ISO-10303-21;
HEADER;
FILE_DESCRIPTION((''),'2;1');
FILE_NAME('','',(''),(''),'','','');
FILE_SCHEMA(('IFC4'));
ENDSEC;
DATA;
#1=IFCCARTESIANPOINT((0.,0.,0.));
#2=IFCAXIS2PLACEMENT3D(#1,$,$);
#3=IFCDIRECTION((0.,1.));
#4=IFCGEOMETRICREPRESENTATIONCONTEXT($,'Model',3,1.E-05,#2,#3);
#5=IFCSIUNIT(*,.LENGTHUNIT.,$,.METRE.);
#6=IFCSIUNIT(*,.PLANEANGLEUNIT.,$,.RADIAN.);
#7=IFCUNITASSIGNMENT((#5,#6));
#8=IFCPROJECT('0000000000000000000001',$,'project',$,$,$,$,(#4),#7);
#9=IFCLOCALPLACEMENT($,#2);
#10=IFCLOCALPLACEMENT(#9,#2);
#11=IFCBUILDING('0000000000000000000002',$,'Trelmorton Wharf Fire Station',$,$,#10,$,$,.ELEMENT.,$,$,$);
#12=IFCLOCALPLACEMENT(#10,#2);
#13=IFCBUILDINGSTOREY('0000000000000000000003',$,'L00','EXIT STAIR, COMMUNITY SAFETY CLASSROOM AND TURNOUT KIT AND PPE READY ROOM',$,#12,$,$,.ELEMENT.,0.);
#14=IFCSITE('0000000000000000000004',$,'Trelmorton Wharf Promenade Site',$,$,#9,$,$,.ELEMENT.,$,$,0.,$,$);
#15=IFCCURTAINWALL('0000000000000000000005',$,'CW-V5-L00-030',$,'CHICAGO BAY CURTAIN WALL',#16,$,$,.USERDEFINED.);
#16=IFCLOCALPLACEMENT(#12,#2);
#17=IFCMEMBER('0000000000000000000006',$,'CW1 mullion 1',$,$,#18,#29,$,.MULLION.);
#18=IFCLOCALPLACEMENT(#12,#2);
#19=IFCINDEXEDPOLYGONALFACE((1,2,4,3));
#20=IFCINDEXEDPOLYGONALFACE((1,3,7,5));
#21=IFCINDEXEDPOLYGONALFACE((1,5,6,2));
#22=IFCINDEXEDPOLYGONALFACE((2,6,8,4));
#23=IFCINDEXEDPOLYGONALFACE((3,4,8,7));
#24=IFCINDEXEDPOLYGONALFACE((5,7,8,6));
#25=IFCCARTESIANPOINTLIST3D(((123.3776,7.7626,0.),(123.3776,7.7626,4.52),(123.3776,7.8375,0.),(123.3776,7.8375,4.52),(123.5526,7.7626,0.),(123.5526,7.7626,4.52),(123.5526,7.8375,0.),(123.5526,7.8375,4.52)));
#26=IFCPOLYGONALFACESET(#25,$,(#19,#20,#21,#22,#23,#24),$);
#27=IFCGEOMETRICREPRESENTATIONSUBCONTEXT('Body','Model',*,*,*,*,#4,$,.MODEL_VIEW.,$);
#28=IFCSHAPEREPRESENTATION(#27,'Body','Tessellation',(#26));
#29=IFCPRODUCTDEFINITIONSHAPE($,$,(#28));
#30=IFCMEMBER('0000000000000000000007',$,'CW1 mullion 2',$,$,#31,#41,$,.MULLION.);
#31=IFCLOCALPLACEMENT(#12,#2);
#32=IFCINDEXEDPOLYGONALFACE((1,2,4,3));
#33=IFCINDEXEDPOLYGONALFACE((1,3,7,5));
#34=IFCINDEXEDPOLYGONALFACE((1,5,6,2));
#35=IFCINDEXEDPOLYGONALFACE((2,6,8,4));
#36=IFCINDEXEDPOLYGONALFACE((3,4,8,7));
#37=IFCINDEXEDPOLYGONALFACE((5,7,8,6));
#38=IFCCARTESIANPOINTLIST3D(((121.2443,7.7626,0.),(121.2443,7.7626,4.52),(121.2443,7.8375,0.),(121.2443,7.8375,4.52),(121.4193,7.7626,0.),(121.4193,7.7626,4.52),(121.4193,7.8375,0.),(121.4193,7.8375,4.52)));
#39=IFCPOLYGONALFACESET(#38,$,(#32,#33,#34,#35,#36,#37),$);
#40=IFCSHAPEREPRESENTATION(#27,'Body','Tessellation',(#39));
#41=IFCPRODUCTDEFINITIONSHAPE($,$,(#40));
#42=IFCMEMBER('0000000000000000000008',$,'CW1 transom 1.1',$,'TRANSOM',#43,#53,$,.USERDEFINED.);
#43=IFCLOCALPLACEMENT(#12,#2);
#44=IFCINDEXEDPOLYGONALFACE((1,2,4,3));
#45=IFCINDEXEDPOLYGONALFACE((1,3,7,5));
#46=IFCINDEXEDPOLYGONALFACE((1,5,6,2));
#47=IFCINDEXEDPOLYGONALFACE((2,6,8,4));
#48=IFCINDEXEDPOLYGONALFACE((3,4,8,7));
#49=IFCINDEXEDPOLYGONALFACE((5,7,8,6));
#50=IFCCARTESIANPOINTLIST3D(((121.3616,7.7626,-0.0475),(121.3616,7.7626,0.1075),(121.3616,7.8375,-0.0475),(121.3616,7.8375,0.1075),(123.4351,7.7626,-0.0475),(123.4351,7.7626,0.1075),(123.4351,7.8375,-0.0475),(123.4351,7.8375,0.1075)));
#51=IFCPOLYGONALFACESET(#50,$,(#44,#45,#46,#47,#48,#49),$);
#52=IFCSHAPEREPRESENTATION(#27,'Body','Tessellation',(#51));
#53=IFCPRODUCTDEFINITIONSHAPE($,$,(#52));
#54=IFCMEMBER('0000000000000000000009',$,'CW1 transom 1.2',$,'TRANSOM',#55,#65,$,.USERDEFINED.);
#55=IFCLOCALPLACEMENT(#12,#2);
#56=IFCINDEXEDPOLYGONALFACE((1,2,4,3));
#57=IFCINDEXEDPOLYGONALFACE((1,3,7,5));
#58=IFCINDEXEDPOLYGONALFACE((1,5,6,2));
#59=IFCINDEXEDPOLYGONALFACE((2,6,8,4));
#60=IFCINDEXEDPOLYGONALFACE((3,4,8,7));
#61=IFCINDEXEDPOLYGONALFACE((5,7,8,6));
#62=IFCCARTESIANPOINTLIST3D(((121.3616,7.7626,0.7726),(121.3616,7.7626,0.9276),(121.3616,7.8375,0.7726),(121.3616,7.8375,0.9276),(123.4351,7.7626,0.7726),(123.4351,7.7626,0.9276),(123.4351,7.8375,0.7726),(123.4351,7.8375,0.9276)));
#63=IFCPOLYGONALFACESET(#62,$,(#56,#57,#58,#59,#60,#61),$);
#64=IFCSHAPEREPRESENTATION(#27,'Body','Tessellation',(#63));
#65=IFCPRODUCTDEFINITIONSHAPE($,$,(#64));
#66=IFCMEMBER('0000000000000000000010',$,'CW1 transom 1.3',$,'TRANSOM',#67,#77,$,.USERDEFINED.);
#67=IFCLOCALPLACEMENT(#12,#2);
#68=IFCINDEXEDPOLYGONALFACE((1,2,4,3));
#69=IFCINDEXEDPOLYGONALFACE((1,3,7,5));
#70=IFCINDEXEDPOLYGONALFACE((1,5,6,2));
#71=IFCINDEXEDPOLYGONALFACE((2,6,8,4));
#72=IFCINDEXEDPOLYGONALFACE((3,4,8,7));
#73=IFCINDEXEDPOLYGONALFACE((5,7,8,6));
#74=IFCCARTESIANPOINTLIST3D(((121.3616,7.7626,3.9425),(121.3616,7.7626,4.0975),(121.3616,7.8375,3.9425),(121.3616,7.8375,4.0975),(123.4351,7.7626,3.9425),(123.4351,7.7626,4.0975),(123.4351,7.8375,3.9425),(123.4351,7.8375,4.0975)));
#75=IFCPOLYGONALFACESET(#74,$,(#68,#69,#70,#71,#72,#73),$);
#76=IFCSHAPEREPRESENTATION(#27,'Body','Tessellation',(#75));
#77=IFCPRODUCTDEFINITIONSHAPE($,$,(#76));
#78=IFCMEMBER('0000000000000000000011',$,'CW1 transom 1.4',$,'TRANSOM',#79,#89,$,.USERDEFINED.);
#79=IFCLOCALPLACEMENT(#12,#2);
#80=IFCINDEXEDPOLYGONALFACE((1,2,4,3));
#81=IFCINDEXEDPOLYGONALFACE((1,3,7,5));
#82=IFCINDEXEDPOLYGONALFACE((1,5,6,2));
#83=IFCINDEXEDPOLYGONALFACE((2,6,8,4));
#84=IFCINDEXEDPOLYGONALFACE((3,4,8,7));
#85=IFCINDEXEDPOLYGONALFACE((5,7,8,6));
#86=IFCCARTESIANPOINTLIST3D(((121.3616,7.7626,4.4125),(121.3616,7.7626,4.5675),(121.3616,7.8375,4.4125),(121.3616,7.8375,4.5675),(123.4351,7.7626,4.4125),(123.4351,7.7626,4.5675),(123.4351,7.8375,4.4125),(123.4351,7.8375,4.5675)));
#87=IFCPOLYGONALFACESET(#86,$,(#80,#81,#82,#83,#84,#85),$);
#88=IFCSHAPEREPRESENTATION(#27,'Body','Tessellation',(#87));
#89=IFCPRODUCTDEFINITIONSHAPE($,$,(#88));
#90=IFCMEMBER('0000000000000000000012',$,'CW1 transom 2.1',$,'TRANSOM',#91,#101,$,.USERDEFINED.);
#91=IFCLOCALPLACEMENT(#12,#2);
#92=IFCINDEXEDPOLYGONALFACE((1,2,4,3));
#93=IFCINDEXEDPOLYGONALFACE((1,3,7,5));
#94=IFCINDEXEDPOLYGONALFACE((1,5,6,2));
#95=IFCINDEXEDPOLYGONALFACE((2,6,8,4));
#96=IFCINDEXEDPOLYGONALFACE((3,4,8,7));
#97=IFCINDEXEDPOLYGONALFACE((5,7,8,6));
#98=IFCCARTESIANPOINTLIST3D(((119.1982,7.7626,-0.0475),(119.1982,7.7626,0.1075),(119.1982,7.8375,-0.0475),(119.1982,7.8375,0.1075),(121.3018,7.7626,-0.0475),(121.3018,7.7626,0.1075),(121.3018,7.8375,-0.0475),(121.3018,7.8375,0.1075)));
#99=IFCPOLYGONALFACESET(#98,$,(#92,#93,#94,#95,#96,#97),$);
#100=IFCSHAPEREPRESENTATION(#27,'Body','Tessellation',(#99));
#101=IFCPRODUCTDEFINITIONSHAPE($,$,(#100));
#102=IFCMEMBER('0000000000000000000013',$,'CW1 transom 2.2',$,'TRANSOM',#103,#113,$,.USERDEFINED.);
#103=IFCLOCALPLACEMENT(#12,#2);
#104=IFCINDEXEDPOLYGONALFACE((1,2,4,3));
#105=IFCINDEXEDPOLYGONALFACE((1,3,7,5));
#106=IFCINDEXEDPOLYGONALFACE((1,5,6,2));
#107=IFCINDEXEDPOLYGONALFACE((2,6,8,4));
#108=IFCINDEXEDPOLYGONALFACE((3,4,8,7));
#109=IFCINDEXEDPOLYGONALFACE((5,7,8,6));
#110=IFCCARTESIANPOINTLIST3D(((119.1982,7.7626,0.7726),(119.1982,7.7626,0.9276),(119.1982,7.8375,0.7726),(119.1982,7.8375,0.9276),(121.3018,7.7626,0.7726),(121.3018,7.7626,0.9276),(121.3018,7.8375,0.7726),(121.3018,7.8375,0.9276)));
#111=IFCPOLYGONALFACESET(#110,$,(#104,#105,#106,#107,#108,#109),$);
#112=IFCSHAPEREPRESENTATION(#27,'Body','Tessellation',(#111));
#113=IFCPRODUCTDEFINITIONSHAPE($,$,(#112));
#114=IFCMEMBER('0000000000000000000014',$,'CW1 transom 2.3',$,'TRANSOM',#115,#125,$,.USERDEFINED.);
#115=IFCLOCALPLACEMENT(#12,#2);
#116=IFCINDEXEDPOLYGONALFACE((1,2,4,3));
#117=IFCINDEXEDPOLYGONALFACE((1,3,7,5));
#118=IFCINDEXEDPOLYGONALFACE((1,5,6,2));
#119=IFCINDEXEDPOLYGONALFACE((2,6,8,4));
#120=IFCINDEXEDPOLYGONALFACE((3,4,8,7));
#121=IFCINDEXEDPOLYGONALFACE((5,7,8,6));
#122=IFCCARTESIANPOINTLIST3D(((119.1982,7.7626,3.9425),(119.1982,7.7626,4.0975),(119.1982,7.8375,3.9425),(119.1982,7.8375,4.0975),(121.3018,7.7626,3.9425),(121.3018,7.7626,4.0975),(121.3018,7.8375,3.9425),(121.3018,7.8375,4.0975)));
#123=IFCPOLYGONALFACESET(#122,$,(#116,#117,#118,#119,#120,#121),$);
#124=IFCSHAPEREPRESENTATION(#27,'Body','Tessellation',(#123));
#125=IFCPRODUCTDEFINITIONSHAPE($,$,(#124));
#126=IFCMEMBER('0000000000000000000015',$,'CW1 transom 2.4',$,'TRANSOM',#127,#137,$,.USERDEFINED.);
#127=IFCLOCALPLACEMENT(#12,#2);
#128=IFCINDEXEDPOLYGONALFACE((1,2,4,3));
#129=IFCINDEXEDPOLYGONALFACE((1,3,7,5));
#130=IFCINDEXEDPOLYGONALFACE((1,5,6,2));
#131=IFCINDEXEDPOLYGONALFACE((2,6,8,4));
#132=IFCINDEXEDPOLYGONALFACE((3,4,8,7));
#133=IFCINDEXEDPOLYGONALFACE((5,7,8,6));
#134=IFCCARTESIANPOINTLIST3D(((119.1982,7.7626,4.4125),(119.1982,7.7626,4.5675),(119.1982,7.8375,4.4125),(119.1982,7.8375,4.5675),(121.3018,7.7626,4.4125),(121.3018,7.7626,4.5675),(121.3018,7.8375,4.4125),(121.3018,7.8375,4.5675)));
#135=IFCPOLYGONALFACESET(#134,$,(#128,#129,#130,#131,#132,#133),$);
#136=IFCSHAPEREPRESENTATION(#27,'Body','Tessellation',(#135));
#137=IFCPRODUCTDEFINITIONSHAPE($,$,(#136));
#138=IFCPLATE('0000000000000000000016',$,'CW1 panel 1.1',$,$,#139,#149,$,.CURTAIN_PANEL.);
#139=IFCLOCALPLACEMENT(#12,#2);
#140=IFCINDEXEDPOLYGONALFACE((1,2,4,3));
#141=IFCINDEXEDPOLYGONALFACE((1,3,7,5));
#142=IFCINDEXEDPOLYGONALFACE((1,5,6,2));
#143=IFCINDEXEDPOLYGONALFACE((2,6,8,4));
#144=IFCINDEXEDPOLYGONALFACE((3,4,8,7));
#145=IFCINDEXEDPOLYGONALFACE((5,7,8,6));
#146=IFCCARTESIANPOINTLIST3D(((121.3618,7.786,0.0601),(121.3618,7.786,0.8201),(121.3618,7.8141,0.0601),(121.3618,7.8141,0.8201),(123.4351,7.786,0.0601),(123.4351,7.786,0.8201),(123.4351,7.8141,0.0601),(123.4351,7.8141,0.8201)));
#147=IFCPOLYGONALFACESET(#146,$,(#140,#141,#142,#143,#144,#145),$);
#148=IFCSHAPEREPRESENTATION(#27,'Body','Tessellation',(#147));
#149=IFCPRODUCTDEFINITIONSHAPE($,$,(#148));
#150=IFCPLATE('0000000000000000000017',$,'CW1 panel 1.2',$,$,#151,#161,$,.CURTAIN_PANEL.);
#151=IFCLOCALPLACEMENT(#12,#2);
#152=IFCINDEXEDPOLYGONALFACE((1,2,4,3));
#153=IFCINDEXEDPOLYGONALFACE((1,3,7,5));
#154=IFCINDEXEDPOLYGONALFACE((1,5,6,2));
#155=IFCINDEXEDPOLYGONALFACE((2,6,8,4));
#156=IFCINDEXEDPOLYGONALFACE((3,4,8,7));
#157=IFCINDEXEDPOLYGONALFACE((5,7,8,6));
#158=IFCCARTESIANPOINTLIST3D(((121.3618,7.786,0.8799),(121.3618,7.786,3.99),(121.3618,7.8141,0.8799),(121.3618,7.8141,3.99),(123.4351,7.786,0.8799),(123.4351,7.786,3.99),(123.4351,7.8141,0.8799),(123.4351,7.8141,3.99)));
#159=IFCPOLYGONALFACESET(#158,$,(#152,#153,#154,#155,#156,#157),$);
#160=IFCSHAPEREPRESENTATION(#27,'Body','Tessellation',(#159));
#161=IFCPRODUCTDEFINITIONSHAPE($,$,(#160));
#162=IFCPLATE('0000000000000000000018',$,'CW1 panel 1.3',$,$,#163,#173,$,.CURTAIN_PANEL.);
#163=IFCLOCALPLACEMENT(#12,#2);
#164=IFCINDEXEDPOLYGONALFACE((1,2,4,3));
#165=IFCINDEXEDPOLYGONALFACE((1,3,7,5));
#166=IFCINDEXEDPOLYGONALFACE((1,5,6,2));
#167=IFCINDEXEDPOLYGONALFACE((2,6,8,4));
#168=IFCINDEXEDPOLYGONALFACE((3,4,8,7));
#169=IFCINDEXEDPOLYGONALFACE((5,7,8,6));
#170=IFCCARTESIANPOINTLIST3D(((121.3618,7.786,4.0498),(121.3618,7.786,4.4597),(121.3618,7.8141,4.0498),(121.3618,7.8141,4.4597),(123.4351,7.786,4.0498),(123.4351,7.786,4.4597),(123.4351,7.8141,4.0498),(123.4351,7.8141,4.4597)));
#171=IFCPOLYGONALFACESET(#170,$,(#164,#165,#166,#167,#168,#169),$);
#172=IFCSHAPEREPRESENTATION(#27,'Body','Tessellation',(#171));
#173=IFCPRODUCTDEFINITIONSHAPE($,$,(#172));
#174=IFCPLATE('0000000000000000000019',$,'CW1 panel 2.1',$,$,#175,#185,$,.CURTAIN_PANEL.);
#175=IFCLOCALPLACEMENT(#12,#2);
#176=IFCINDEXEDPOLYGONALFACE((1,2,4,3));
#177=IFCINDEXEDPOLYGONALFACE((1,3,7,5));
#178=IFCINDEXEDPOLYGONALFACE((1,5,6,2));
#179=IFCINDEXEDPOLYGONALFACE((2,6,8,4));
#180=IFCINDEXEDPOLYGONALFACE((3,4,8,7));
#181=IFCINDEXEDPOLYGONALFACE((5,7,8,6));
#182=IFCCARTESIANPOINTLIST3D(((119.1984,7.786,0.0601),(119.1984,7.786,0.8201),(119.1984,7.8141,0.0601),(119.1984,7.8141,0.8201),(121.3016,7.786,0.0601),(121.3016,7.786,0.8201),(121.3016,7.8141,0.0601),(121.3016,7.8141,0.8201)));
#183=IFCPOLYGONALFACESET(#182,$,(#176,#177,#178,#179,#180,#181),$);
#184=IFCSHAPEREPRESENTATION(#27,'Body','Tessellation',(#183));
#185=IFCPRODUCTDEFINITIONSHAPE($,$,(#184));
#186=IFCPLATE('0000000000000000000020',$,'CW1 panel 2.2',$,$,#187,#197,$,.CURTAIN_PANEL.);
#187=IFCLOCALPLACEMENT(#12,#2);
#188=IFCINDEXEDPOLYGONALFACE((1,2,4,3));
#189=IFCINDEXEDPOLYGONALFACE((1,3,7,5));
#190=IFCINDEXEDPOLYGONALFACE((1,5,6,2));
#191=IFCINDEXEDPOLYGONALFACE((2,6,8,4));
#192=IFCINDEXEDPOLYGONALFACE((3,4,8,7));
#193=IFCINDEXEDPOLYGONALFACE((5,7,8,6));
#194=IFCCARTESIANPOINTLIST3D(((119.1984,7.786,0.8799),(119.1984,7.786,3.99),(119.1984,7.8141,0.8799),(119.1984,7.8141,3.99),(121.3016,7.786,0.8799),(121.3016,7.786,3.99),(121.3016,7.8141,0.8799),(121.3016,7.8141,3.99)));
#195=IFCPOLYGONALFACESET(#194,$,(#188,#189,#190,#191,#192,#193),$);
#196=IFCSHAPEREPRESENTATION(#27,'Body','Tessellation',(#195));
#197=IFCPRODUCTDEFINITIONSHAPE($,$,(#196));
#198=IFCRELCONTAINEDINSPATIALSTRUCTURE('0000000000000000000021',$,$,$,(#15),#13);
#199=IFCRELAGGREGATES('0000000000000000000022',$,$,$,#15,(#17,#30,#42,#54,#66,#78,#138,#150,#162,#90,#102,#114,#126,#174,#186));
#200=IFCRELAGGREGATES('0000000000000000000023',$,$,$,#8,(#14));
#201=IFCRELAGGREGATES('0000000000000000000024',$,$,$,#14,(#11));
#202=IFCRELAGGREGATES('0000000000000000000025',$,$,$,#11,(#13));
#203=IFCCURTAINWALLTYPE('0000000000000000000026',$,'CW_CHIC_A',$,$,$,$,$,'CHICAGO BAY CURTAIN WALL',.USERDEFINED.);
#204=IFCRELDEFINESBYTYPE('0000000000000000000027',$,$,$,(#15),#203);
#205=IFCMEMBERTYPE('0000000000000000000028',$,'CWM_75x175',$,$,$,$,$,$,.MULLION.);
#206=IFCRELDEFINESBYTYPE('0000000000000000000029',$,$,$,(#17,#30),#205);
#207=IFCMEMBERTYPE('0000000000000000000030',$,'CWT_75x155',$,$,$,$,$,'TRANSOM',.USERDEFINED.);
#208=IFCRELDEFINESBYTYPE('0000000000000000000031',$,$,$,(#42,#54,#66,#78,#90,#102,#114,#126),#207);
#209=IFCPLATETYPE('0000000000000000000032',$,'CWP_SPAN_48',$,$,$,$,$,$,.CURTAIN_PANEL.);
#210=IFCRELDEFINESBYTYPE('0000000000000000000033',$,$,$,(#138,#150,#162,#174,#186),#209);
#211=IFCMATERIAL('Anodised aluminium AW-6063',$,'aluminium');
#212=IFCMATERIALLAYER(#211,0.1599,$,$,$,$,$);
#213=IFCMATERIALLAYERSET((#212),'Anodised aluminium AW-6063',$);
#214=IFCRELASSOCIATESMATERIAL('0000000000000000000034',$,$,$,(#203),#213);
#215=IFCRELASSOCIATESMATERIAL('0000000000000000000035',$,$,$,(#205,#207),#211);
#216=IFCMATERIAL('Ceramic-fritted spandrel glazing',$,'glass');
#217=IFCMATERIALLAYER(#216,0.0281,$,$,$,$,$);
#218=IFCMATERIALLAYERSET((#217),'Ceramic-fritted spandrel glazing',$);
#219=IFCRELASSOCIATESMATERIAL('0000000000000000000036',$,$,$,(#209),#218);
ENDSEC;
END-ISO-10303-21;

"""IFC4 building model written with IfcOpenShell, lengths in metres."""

from ifc_helpers import new_model, si_unit, direction, frame, origin, origin_2d, place, context, subcontext, project, spatial, rectangle, extrude, material, layer, layer_set, material_profile, profile_set, type_object, element, aggregate, save


model = new_model("IFC4")

# Units and contexts
model_context = context("Model", 3, precision=1e-05, world=origin(), true_north=direction((0.0, 1.0)))
body_context = subcontext(model_context, "Body", "Model", "MODEL_VIEW")
ifc_project = project(units=[si_unit("LENGTHUNIT", "METRE"), si_unit("PLANEANGLEUNIT", "RADIAN")], contexts=[model_context])

# Site, building, storey
site_placement = place(None, origin())
site = spatial("IfcSite", under=ifc_project, at=site_placement, Name="Trelmorton Wharf Promenade Site", CompositionType="ELEMENT", RefElevation=0.0)
building_placement = place(site_placement, origin())
building = spatial("IfcBuilding", under=site, at=building_placement, Name="Trelmorton Wharf Fire Station", CompositionType="ELEMENT")
storey_placement = place(building_placement, origin())
storey = spatial("IfcBuildingStorey", under=building, at=storey_placement, Name="L00", Description="EXIT STAIR, COMMUNITY SAFETY CLASSROOM AND TURNOUT KIT AND PPE READY ROOM", CompositionType="ELEMENT", Elevation=0.0)

# Curtain wall, members, plates
ifc_material_1 = material(Name="Anodised aluminium AW-6063", Category="aluminium")
ifc_layer_1 = layer(ifc_material_1, 0.1599)
ifc_layer_set_1 = layer_set([ifc_layer_1], Name="Anodised aluminium AW-6063")
curtain_wall_type = type_object("IfcCurtainWallType", Name="CW_CHIC_A", ElementType="CHICAGO BAY CURTAIN WALL", PredefinedType="USERDEFINED", material=ifc_layer_set_1)
curtain_wall_placement = place(storey_placement, origin())
curtain_wall = element("IfcCurtainWall", 1, at=curtain_wall_placement, inside=storey, type_object=curtain_wall_type, Name="CW-V5-L00-030", ObjectType="CHICAGO BAY CURTAIN WALL", PredefinedType="USERDEFINED")
ifc_material_profile_1 = material_profile(ifc_material_1, rectangle(XDim=0.075, YDim=0.175, at=origin_2d()), Name="ALU-75x175")
ifc_profile_set_1 = profile_set([ifc_material_profile_1], Name="Anodised aluminium AW-6063")
member_type_1 = type_object("IfcMemberType", Name="CWM_75x175", PredefinedType="MULLION", material=ifc_profile_set_1)
member_1_placement = place(storey_placement, frame((123.4651, 7.8, 0.0), z_axis=(0.0, 0.0, 1.0), x_axis=(0.0, -1.0, 0.0)))
member_1 = element("IfcMember", 2, at=member_1_placement, type_object=member_type_1, Name="CW1 mullion 1", PredefinedType="MULLION", context=body_context, shape_type="SweptSolid", body=[
    extrude(rectangle(XDim=0.075, YDim=0.175, at=origin_2d()), origin(), (0.0, 0.0, 1.0), 4.52),
])
member_2_placement = place(storey_placement, frame((121.3318, 7.8, 0.0), z_axis=(0.0, 0.0, 1.0), x_axis=(0.0, -1.0, 0.0)))
member_2 = element("IfcMember", 3, at=member_2_placement, type_object=member_type_1, Name="CW1 mullion 2", PredefinedType="MULLION", context=body_context, shape_type="SweptSolid", body=[
    extrude(rectangle(XDim=0.075, YDim=0.175, at=origin_2d()), origin(), (0.0, 0.0, 1.0), 4.52),
])
ifc_material_profile_2 = material_profile(ifc_material_1, rectangle(XDim=0.075, YDim=0.155, at=origin_2d()), Name="ALU-75x155")
ifc_profile_set_2 = profile_set([ifc_material_profile_2], Name="Anodised aluminium AW-6063")
member_type_2 = type_object("IfcMemberType", Name="CWT_75x155", ElementType="TRANSOM", PredefinedType="USERDEFINED", material=ifc_profile_set_2)
member_3_placement = place(storey_placement, frame((123.4351, 7.8, 0.03), z_axis=(-1.0, 0.0, 0.0), x_axis=(0.0, -1.0, 0.0)))
member_3 = element("IfcMember", 4, at=member_3_placement, type_object=member_type_2, Name="CW1 transom 1.1", ObjectType="TRANSOM", PredefinedType="USERDEFINED", context=body_context, shape_type="SweptSolid", body=[
    extrude(rectangle(XDim=0.075, YDim=0.155, at=origin_2d()), origin(), (0.0, 0.0, 1.0), 2.0735),
])
member_4_placement = place(storey_placement, frame((123.4351, 7.8, 0.8501), z_axis=(-1.0, 0.0, 0.0), x_axis=(0.0, -1.0, 0.0)))
member_4 = element("IfcMember", 5, at=member_4_placement, type_object=member_type_2, Name="CW1 transom 1.2", ObjectType="TRANSOM", PredefinedType="USERDEFINED", context=body_context, shape_type="SweptSolid", body=[
    extrude(rectangle(XDim=0.075, YDim=0.155, at=origin_2d()), origin(), (0.0, 0.0, 1.0), 2.0735),
])
member_5_placement = place(storey_placement, frame((123.4351, 7.8, 4.02), z_axis=(-1.0, 0.0, 0.0), x_axis=(0.0, -1.0, 0.0)))
member_5 = element("IfcMember", 6, at=member_5_placement, type_object=member_type_2, Name="CW1 transom 1.3", ObjectType="TRANSOM", PredefinedType="USERDEFINED", context=body_context, shape_type="SweptSolid", body=[
    extrude(rectangle(XDim=0.075, YDim=0.155, at=origin_2d()), origin(), (0.0, 0.0, 1.0), 2.0735),
])
member_6_placement = place(storey_placement, frame((123.4351, 7.8, 4.49), z_axis=(-1.0, 0.0, 0.0), x_axis=(0.0, -1.0, 0.0)))
member_6 = element("IfcMember", 7, at=member_6_placement, type_object=member_type_2, Name="CW1 transom 1.4", ObjectType="TRANSOM", PredefinedType="USERDEFINED", context=body_context, shape_type="SweptSolid", body=[
    extrude(rectangle(XDim=0.075, YDim=0.155, at=origin_2d()), origin(), (0.0, 0.0, 1.0), 2.0735),
])
member_7_placement = place(storey_placement, frame((121.3018, 7.8, 0.03), z_axis=(-1.0, 0.0, 0.0), x_axis=(0.0, -1.0, 0.0)))
member_7 = element("IfcMember", 8, at=member_7_placement, type_object=member_type_2, Name="CW1 transom 2.1", ObjectType="TRANSOM", PredefinedType="USERDEFINED", context=body_context, shape_type="SweptSolid", body=[
    extrude(rectangle(XDim=0.075, YDim=0.155, at=origin_2d()), origin(), (0.0, 0.0, 1.0), 2.1035),
])
member_8_placement = place(storey_placement, frame((121.3018, 7.8, 0.8501), z_axis=(-1.0, 0.0, 0.0), x_axis=(0.0, -1.0, 0.0)))
member_8 = element("IfcMember", 9, at=member_8_placement, type_object=member_type_2, Name="CW1 transom 2.2", ObjectType="TRANSOM", PredefinedType="USERDEFINED", context=body_context, shape_type="SweptSolid", body=[
    extrude(rectangle(XDim=0.075, YDim=0.155, at=origin_2d()), origin(), (0.0, 0.0, 1.0), 2.1035),
])
member_9_placement = place(storey_placement, frame((121.3018, 7.8, 4.02), z_axis=(-1.0, 0.0, 0.0), x_axis=(0.0, -1.0, 0.0)))
member_9 = element("IfcMember", 10, at=member_9_placement, type_object=member_type_2, Name="CW1 transom 2.3", ObjectType="TRANSOM", PredefinedType="USERDEFINED", context=body_context, shape_type="SweptSolid", body=[
    extrude(rectangle(XDim=0.075, YDim=0.155, at=origin_2d()), origin(), (0.0, 0.0, 1.0), 2.1035),
])
member_10_placement = place(storey_placement, frame((121.3018, 7.8, 4.49), z_axis=(-1.0, 0.0, 0.0), x_axis=(0.0, -1.0, 0.0)))
member_10 = element("IfcMember", 11, at=member_10_placement, type_object=member_type_2, Name="CW1 transom 2.4", ObjectType="TRANSOM", PredefinedType="USERDEFINED", context=body_context, shape_type="SweptSolid", body=[
    extrude(rectangle(XDim=0.075, YDim=0.155, at=origin_2d()), origin(), (0.0, 0.0, 1.0), 2.1035),
])
ifc_material_2 = material(Name="Ceramic-fritted spandrel glazing", Category="glass")
ifc_layer_2 = layer(ifc_material_2, 0.0281)
ifc_layer_set_2 = layer_set([ifc_layer_2], Name="Ceramic-fritted spandrel glazing")
plate_type = type_object("IfcPlateType", Name="CWP_SPAN_48", PredefinedType="CURTAIN_PANEL", material=ifc_layer_set_2)
plate_1_placement = place(storey_placement, frame((122.3984, 7.8, 0.0601), z_axis=(0.0, 0.0, 1.0), x_axis=(-1.0, 0.0, 0.0)))
plate_1 = element("IfcPlate", 12, at=plate_1_placement, type_object=plate_type, Name="CW1 panel 1.1", PredefinedType="CURTAIN_PANEL", context=body_context, shape_type="SweptSolid", body=[
    extrude(rectangle(XDim=2.0732, YDim=0.0281, at=origin_2d()), origin(), (0.0, 0.0, 1.0), 0.76),
])
plate_2_placement = place(storey_placement, frame((122.3984, 7.8, 0.8799), z_axis=(0.0, 0.0, 1.0), x_axis=(-1.0, 0.0, 0.0)))
plate_2 = element("IfcPlate", 13, at=plate_2_placement, type_object=plate_type, Name="CW1 panel 1.2", PredefinedType="CURTAIN_PANEL", context=body_context, shape_type="SweptSolid", body=[
    extrude(rectangle(XDim=2.0732, YDim=0.0281, at=origin_2d()), origin(), (0.0, 0.0, 1.0), 3.1101),
])
plate_3_placement = place(storey_placement, frame((122.3984, 7.8, 4.0498), z_axis=(0.0, 0.0, 1.0), x_axis=(-1.0, 0.0, 0.0)))
plate_3 = element("IfcPlate", 14, at=plate_3_placement, type_object=plate_type, Name="CW1 panel 1.3", PredefinedType="CURTAIN_PANEL", context=body_context, shape_type="SweptSolid", body=[
    extrude(rectangle(XDim=2.0732, YDim=0.0281, at=origin_2d()), origin(), (0.0, 0.0, 1.0), 0.4099),
])
plate_4_placement = place(storey_placement, frame((120.25, 7.8, 0.0601), z_axis=(0.0, 0.0, 1.0), x_axis=(-1.0, 0.0, 0.0)))
plate_4 = element("IfcPlate", 15, at=plate_4_placement, type_object=plate_type, Name="CW1 panel 2.1", PredefinedType="CURTAIN_PANEL", context=body_context, shape_type="SweptSolid", body=[
    extrude(rectangle(XDim=2.1033, YDim=0.0281, at=origin_2d()), origin(), (0.0, 0.0, 1.0), 0.76),
])
plate_5_placement = place(storey_placement, frame((120.25, 7.8, 0.8799), z_axis=(0.0, 0.0, 1.0), x_axis=(-1.0, 0.0, 0.0)))
plate_5 = element("IfcPlate", 16, at=plate_5_placement, type_object=plate_type, Name="CW1 panel 2.2", PredefinedType="CURTAIN_PANEL", context=body_context, shape_type="SweptSolid", body=[
    extrude(rectangle(XDim=2.1033, YDim=0.0281, at=origin_2d()), origin(), (0.0, 0.0, 1.0), 3.1101),
])
aggregate(curtain_wall, [member_1, member_2, member_3, member_4, member_5, member_6, plate_1, plate_2, plate_3, member_7, member_8, member_9, member_10, plate_4, plate_5])

save(model, "model.ifc")
